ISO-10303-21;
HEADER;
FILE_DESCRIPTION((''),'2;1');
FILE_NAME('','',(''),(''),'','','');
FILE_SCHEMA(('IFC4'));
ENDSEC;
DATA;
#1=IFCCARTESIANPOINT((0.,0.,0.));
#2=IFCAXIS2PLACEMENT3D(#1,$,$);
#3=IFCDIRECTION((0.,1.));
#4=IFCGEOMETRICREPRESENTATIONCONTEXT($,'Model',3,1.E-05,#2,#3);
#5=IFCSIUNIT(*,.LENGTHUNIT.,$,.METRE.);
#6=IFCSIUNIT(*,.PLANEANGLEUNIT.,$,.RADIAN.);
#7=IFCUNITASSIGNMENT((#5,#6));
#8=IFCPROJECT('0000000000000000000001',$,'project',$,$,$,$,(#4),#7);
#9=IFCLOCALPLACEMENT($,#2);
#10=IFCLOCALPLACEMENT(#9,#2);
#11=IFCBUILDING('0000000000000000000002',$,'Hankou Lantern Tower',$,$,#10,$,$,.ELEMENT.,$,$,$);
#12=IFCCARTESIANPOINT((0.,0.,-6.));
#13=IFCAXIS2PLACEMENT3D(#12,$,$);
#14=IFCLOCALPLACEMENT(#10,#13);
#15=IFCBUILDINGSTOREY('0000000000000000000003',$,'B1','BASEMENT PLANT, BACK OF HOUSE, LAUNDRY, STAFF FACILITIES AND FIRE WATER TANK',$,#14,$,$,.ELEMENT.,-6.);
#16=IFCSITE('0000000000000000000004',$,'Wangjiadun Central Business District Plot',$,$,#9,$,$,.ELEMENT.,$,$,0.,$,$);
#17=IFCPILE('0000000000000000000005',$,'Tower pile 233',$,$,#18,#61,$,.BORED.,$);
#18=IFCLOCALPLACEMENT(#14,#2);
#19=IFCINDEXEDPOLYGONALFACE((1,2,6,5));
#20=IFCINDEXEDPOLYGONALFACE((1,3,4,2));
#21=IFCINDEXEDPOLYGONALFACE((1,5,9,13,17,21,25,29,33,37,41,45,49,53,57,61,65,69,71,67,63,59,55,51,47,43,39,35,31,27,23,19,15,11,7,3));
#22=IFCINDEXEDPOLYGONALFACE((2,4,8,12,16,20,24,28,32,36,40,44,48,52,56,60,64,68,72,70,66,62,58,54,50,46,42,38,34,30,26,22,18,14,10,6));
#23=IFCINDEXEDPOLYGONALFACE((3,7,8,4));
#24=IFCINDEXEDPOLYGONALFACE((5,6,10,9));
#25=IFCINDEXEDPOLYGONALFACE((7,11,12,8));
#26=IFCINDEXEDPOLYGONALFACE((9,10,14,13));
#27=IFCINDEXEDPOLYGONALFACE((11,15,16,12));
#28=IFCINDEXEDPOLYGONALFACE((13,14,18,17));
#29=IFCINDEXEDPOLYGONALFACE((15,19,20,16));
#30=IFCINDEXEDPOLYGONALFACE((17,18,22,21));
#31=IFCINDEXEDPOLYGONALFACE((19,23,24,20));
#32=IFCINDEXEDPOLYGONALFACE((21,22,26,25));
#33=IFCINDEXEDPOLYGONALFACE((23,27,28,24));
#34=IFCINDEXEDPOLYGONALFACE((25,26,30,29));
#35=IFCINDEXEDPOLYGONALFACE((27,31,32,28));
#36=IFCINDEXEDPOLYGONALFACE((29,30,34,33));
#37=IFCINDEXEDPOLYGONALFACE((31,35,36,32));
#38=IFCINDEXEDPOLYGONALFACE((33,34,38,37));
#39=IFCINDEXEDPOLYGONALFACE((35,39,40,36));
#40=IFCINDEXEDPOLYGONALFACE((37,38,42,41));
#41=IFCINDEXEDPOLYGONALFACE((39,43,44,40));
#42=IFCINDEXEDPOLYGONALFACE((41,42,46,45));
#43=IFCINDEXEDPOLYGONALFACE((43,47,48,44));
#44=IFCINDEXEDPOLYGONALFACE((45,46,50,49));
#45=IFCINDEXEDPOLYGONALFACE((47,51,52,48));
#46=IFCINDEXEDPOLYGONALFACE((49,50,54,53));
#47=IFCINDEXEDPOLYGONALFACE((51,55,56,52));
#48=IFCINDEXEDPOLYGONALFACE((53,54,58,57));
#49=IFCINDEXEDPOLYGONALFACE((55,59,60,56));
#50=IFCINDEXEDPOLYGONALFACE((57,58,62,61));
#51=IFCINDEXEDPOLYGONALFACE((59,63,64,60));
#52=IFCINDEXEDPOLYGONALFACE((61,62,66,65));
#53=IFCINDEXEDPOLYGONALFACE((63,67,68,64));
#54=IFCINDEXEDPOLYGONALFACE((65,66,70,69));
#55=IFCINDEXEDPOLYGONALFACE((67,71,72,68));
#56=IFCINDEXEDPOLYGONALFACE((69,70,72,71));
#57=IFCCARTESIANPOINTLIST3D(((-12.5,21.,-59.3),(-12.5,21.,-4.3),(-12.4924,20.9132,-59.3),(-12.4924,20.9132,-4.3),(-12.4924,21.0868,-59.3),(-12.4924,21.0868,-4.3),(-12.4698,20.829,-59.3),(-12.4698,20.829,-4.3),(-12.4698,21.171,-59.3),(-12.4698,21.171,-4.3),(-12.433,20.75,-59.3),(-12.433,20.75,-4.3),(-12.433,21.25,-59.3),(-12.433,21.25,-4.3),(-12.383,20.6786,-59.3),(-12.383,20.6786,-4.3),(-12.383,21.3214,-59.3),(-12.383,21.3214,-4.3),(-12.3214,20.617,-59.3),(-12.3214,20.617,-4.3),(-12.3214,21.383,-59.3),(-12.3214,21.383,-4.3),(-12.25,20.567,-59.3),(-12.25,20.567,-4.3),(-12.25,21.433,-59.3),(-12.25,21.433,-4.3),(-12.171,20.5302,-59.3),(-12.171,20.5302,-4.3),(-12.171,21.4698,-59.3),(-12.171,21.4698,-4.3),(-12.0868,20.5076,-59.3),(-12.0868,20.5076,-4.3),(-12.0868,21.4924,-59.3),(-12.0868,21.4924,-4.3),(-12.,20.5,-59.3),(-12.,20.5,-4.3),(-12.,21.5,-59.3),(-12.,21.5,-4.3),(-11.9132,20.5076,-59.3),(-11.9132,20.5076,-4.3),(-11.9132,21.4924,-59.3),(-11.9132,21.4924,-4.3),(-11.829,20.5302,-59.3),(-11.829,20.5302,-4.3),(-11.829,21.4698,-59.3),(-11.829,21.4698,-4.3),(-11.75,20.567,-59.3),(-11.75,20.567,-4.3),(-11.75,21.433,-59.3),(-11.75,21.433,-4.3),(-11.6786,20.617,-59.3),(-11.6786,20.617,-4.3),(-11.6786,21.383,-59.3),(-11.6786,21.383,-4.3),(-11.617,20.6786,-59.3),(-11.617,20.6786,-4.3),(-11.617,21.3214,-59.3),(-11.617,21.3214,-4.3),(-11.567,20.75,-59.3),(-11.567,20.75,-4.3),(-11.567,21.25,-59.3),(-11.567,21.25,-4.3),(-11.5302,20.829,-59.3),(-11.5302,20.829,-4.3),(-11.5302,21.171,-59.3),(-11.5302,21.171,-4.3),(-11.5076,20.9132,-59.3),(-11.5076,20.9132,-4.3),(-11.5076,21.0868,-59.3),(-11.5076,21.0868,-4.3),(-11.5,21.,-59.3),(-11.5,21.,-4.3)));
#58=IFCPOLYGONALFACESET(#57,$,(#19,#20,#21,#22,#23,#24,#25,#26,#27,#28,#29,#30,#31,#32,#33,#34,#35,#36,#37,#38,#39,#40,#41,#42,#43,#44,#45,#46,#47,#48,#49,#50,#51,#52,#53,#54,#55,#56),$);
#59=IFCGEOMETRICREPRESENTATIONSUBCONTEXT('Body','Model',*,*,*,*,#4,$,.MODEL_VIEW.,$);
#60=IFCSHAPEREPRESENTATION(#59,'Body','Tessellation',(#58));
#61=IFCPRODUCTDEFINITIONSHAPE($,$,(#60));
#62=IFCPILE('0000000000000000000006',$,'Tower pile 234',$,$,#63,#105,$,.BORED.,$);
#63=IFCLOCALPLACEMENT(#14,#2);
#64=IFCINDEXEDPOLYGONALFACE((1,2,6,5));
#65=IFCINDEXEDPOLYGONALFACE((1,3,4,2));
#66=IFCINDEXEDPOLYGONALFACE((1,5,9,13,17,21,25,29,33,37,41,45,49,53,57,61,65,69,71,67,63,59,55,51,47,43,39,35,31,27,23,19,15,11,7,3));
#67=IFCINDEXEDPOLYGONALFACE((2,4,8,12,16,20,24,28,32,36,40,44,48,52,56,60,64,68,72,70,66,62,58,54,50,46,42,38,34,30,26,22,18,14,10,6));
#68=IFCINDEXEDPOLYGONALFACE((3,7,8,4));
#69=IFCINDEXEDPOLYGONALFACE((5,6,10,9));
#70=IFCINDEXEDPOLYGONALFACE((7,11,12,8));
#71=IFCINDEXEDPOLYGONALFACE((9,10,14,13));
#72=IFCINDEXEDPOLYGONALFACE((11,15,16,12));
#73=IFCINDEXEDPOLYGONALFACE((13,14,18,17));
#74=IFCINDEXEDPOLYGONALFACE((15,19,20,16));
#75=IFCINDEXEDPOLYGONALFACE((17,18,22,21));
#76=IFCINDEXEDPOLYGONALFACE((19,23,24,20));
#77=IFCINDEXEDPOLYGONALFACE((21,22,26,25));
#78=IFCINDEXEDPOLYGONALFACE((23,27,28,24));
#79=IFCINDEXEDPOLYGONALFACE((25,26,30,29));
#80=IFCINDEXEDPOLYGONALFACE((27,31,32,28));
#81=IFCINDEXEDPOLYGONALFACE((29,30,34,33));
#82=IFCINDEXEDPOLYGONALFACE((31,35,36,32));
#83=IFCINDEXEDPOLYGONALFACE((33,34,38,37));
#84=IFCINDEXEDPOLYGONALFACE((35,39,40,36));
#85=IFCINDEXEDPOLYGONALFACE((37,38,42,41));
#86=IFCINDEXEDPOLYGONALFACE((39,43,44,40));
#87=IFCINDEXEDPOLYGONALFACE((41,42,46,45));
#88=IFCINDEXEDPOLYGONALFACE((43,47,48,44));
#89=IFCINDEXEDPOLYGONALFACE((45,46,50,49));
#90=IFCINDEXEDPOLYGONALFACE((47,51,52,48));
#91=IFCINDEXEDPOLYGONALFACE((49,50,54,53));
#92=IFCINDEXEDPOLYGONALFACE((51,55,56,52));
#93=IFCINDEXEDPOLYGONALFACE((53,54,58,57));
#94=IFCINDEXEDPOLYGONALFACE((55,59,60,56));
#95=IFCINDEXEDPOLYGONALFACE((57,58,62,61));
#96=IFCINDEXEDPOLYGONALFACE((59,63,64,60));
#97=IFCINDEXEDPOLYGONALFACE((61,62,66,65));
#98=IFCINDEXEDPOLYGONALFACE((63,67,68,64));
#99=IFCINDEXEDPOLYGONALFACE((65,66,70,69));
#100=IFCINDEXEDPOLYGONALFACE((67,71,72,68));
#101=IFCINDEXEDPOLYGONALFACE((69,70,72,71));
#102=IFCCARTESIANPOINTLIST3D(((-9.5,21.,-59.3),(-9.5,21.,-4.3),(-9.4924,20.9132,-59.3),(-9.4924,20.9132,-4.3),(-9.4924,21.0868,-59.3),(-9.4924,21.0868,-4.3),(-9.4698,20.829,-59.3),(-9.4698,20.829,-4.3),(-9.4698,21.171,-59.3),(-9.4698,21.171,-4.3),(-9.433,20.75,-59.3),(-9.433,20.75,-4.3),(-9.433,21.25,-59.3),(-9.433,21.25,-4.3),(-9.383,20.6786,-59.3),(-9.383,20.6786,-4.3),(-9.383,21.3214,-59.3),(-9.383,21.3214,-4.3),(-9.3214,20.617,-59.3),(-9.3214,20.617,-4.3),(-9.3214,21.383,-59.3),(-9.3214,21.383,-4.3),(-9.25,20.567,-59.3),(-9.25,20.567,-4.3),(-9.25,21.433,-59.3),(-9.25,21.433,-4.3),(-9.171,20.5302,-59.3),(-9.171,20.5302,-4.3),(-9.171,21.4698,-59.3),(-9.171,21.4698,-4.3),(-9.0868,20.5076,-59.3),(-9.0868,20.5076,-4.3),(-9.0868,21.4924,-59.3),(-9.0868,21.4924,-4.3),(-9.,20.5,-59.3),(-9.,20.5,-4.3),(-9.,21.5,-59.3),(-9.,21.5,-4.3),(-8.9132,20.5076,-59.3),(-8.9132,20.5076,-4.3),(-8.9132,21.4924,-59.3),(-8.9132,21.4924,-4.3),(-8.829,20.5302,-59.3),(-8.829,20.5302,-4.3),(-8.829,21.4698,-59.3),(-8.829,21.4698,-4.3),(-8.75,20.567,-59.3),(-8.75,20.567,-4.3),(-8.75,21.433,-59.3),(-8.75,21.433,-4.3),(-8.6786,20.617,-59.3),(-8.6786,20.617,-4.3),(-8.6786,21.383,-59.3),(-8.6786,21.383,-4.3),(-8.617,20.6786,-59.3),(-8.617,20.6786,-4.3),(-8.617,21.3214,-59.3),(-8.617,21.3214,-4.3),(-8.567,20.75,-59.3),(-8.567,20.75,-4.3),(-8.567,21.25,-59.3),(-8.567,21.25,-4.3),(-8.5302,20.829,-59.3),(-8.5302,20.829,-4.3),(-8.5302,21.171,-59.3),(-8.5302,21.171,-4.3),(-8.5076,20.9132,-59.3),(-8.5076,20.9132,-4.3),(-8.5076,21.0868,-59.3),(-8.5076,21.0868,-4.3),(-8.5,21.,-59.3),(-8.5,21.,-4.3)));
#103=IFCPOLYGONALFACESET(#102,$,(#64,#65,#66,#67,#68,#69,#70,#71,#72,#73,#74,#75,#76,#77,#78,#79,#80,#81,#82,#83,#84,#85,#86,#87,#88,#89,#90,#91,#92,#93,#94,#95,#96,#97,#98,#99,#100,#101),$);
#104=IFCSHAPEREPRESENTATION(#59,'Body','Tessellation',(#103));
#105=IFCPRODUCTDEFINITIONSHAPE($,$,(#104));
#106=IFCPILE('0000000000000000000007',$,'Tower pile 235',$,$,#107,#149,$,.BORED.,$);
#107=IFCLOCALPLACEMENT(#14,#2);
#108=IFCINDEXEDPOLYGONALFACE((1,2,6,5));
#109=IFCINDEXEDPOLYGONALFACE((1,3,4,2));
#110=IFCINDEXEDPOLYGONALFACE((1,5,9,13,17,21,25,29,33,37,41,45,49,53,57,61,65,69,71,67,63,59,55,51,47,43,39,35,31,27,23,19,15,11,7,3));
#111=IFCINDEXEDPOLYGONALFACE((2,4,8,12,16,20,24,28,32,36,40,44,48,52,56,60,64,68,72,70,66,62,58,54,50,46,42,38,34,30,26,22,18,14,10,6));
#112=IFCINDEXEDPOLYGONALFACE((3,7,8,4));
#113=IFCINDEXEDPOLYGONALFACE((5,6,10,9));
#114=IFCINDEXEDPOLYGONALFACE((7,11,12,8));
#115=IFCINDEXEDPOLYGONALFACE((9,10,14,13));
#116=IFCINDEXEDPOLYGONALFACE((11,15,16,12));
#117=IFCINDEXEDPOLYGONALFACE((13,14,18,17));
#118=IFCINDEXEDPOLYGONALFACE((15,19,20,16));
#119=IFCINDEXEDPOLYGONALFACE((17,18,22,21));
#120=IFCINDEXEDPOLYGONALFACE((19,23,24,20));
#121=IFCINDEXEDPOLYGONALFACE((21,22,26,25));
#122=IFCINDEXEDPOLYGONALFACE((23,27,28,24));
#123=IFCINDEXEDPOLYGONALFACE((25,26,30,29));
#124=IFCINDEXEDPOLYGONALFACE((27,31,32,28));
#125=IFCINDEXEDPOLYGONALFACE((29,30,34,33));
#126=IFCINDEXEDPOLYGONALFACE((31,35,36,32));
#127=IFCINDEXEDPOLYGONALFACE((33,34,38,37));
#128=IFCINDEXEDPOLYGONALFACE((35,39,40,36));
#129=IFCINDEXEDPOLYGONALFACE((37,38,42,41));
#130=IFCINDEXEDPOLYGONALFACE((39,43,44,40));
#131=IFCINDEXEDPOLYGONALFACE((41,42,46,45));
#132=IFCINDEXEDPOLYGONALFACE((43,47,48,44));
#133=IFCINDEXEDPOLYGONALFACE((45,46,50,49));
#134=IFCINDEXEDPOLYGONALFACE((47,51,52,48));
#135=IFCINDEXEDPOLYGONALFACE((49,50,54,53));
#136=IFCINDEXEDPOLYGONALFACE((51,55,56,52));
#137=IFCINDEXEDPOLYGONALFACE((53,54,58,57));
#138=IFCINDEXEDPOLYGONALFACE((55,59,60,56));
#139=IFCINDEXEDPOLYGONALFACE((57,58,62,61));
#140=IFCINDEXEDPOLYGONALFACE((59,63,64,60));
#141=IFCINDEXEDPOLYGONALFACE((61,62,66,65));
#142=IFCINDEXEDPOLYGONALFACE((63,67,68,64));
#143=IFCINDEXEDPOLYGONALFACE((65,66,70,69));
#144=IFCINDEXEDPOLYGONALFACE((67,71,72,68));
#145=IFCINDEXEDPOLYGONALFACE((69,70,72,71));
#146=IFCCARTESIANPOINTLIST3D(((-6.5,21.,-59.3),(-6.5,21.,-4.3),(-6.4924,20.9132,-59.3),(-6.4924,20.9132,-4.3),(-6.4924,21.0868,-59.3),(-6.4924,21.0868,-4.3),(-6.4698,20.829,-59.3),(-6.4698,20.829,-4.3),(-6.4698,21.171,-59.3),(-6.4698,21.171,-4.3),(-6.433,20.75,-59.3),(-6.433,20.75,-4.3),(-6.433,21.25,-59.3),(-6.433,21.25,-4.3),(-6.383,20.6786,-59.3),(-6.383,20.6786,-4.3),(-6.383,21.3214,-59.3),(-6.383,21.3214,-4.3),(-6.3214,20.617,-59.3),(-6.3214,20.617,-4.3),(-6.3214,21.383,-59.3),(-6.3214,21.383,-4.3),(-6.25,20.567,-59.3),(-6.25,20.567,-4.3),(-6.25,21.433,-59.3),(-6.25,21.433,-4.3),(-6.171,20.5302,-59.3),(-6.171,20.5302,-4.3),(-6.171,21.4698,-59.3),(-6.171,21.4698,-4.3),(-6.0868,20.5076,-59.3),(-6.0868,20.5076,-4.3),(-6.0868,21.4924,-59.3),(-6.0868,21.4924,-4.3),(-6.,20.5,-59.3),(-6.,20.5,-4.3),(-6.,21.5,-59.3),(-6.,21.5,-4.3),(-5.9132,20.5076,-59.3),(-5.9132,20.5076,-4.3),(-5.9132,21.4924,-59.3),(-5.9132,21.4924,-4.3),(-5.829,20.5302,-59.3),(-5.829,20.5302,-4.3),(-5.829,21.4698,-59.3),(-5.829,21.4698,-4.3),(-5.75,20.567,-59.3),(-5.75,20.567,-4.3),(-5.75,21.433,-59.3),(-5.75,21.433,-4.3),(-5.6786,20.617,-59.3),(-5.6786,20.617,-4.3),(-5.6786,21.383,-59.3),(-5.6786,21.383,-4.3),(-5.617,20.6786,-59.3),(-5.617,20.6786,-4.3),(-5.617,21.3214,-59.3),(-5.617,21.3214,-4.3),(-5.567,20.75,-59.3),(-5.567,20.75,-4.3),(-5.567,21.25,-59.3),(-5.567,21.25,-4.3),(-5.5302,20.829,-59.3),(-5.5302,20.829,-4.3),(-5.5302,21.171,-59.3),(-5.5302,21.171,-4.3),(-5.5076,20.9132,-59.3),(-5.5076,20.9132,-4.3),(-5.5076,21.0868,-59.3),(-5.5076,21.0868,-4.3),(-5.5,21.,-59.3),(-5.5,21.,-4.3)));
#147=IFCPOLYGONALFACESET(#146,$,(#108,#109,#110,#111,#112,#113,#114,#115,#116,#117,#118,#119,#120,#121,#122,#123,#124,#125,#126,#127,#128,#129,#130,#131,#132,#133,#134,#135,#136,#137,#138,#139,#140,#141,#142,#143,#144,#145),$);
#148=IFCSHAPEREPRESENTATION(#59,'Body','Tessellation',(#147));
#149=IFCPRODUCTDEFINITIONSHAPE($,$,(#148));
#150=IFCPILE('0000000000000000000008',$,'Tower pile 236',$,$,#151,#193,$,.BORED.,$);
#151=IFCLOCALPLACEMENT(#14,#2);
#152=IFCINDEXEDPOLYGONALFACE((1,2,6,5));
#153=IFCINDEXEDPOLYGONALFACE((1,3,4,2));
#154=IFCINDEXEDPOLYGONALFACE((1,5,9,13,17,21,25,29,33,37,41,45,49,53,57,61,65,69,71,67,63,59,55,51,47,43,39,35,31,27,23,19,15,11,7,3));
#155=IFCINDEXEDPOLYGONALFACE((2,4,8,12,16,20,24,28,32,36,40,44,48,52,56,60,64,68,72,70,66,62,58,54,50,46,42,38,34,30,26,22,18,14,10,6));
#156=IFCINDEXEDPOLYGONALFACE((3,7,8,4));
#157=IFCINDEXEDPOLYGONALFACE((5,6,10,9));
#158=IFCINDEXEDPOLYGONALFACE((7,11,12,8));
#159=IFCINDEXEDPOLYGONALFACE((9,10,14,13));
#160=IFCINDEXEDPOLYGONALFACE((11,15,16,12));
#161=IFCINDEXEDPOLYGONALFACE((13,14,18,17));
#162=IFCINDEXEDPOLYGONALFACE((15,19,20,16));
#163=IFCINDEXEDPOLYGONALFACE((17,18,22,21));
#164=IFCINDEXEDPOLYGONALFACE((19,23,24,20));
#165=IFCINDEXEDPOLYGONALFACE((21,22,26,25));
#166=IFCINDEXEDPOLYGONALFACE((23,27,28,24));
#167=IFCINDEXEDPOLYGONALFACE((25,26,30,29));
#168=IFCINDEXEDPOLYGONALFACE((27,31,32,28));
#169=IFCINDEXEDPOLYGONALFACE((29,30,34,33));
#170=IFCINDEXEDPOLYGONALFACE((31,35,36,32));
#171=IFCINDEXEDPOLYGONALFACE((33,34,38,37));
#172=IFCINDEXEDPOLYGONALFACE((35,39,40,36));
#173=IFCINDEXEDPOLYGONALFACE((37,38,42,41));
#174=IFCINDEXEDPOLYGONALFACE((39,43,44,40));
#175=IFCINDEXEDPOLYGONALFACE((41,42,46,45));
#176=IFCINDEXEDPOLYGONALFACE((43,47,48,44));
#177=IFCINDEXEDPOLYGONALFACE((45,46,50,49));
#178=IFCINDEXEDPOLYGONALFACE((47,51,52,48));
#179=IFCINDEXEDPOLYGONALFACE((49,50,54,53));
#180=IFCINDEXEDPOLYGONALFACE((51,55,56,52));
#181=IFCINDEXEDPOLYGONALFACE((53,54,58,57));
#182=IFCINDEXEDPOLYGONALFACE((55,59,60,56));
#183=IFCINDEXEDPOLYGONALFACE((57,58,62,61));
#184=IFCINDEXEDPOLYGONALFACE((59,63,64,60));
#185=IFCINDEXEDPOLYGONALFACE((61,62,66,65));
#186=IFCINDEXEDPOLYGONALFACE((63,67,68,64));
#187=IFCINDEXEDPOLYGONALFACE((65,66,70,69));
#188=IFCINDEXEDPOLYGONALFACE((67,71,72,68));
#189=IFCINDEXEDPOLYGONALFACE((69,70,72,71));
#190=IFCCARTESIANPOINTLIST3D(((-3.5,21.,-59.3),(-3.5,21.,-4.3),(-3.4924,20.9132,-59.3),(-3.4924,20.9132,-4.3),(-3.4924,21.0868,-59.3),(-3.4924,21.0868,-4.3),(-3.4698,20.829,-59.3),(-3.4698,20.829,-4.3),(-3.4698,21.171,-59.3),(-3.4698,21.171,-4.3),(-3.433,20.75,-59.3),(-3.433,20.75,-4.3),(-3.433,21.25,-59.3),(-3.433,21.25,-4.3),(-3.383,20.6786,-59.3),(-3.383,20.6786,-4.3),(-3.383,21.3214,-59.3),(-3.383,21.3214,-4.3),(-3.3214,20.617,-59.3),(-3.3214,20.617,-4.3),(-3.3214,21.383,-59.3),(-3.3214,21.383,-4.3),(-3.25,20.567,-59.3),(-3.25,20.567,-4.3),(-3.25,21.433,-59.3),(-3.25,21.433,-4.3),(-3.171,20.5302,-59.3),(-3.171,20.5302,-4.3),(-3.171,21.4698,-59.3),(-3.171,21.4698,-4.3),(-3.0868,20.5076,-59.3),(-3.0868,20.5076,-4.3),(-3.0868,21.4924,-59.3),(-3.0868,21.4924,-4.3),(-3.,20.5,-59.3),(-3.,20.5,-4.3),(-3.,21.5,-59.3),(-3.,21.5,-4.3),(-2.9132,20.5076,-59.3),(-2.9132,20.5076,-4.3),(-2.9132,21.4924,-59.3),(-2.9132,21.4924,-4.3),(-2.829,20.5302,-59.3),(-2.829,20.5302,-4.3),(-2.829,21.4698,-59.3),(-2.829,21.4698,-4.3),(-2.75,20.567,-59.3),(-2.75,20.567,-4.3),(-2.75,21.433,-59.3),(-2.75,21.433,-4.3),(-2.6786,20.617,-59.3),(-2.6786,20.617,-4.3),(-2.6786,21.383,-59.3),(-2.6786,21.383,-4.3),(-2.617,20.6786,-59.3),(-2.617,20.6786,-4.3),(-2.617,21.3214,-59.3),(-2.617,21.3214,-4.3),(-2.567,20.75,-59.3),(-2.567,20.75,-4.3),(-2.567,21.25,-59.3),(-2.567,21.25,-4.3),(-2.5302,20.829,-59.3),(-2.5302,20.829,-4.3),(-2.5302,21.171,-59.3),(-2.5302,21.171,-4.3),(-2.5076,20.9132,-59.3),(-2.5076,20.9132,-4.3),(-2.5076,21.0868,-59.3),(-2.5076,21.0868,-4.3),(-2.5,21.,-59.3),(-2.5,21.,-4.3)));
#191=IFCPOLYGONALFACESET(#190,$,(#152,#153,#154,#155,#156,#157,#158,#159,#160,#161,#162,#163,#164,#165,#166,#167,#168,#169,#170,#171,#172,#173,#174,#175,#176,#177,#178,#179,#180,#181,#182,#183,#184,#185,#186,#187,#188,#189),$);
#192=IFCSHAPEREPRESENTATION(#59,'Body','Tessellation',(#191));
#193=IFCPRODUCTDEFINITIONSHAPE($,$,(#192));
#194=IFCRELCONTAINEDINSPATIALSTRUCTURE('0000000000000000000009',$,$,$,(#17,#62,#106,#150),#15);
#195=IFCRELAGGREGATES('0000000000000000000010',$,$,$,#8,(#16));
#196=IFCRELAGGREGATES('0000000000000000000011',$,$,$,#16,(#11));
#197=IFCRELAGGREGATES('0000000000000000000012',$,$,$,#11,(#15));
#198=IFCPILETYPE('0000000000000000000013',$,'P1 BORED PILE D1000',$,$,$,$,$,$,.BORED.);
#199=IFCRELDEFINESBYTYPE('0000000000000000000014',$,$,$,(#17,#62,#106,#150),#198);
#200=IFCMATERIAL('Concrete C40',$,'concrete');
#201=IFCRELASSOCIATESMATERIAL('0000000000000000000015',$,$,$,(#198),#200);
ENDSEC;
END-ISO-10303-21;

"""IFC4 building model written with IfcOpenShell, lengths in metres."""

from ifc_helpers import new_model, si_unit, direction, frame, origin, origin_2d, place, context, subcontext, project, spatial, circle, extrude, material, material_profile, profile_set, type_object, element, save


model = new_model("IFC4")

# Units and contexts
model_context = context("Model", 3, precision=1e-05, world=origin(), true_north=direction((0.0, 1.0)))
body_context = subcontext(model_context, "Body", "Model", "MODEL_VIEW")
ifc_project = project(units=[si_unit("LENGTHUNIT", "METRE"), si_unit("PLANEANGLEUNIT", "RADIAN")], contexts=[model_context])

# Site, building, storey
site_placement = place(None, origin())
site = spatial("IfcSite", under=ifc_project, at=site_placement, Name="Wangjiadun Central Business District Plot", CompositionType="ELEMENT", RefElevation=0.0)
building_placement = place(site_placement, origin())
building = spatial("IfcBuilding", under=site, at=building_placement, Name="Hankou Lantern Tower", CompositionType="ELEMENT")
storey_placement = place(building_placement, frame((0.0, 0.0, -6.0)))
storey = spatial("IfcBuildingStorey", under=building, at=storey_placement, Name="B1", Description="BASEMENT PLANT, BACK OF HOUSE, LAUNDRY, STAFF FACILITIES AND FIRE WATER TANK", CompositionType="ELEMENT", Elevation=-6.0)

# Piles
ifc_material_1 = material(Name="Concrete C40", Category="concrete")
ifc_material_profile_1 = material_profile(ifc_material_1, circle(Radius=0.5, at=origin_2d()), Name="RC D1000")
ifc_profile_set_1 = profile_set([ifc_material_profile_1], Name="Concrete C40")
pile_type_1 = type_object("IfcPileType", Name="P1 BORED PILE D1000", PredefinedType="BORED", material=ifc_profile_set_1)
for number, where, z_axis, x_axis, name in (
    (1, (-12.0, 21.0, -4.3), (0.0, 0.0, -1.0), (1.0, 0.0, 0.0), "Tower pile 233"),
    (2, (-9.0, 21.0, -4.3), (0.0, 0.0, -1.0), (1.0, 0.0, 0.0), "Tower pile 234"),
    (3, (-6.0, 21.0, -4.3), (0.0, 0.0, -1.0), (1.0, 0.0, 0.0), "Tower pile 235"),
    (4, (-3.0, 21.0, -4.3), (0.0, 0.0, -1.0), (1.0, 0.0, 0.0), "Tower pile 236"),
):
    element("IfcPile", number, at=place(storey_placement, frame(where, z_axis=z_axis, x_axis=x_axis)), inside=storey, type_object=pile_type_1, Name=name, PredefinedType="BORED", context=body_context, shape_type="SweptSolid", body=[
        extrude(circle(Radius=0.5, at=origin_2d()), origin(), (0.0, 0.0, 1.0), 55.0),
    ])

save(model, "model.ifc")
